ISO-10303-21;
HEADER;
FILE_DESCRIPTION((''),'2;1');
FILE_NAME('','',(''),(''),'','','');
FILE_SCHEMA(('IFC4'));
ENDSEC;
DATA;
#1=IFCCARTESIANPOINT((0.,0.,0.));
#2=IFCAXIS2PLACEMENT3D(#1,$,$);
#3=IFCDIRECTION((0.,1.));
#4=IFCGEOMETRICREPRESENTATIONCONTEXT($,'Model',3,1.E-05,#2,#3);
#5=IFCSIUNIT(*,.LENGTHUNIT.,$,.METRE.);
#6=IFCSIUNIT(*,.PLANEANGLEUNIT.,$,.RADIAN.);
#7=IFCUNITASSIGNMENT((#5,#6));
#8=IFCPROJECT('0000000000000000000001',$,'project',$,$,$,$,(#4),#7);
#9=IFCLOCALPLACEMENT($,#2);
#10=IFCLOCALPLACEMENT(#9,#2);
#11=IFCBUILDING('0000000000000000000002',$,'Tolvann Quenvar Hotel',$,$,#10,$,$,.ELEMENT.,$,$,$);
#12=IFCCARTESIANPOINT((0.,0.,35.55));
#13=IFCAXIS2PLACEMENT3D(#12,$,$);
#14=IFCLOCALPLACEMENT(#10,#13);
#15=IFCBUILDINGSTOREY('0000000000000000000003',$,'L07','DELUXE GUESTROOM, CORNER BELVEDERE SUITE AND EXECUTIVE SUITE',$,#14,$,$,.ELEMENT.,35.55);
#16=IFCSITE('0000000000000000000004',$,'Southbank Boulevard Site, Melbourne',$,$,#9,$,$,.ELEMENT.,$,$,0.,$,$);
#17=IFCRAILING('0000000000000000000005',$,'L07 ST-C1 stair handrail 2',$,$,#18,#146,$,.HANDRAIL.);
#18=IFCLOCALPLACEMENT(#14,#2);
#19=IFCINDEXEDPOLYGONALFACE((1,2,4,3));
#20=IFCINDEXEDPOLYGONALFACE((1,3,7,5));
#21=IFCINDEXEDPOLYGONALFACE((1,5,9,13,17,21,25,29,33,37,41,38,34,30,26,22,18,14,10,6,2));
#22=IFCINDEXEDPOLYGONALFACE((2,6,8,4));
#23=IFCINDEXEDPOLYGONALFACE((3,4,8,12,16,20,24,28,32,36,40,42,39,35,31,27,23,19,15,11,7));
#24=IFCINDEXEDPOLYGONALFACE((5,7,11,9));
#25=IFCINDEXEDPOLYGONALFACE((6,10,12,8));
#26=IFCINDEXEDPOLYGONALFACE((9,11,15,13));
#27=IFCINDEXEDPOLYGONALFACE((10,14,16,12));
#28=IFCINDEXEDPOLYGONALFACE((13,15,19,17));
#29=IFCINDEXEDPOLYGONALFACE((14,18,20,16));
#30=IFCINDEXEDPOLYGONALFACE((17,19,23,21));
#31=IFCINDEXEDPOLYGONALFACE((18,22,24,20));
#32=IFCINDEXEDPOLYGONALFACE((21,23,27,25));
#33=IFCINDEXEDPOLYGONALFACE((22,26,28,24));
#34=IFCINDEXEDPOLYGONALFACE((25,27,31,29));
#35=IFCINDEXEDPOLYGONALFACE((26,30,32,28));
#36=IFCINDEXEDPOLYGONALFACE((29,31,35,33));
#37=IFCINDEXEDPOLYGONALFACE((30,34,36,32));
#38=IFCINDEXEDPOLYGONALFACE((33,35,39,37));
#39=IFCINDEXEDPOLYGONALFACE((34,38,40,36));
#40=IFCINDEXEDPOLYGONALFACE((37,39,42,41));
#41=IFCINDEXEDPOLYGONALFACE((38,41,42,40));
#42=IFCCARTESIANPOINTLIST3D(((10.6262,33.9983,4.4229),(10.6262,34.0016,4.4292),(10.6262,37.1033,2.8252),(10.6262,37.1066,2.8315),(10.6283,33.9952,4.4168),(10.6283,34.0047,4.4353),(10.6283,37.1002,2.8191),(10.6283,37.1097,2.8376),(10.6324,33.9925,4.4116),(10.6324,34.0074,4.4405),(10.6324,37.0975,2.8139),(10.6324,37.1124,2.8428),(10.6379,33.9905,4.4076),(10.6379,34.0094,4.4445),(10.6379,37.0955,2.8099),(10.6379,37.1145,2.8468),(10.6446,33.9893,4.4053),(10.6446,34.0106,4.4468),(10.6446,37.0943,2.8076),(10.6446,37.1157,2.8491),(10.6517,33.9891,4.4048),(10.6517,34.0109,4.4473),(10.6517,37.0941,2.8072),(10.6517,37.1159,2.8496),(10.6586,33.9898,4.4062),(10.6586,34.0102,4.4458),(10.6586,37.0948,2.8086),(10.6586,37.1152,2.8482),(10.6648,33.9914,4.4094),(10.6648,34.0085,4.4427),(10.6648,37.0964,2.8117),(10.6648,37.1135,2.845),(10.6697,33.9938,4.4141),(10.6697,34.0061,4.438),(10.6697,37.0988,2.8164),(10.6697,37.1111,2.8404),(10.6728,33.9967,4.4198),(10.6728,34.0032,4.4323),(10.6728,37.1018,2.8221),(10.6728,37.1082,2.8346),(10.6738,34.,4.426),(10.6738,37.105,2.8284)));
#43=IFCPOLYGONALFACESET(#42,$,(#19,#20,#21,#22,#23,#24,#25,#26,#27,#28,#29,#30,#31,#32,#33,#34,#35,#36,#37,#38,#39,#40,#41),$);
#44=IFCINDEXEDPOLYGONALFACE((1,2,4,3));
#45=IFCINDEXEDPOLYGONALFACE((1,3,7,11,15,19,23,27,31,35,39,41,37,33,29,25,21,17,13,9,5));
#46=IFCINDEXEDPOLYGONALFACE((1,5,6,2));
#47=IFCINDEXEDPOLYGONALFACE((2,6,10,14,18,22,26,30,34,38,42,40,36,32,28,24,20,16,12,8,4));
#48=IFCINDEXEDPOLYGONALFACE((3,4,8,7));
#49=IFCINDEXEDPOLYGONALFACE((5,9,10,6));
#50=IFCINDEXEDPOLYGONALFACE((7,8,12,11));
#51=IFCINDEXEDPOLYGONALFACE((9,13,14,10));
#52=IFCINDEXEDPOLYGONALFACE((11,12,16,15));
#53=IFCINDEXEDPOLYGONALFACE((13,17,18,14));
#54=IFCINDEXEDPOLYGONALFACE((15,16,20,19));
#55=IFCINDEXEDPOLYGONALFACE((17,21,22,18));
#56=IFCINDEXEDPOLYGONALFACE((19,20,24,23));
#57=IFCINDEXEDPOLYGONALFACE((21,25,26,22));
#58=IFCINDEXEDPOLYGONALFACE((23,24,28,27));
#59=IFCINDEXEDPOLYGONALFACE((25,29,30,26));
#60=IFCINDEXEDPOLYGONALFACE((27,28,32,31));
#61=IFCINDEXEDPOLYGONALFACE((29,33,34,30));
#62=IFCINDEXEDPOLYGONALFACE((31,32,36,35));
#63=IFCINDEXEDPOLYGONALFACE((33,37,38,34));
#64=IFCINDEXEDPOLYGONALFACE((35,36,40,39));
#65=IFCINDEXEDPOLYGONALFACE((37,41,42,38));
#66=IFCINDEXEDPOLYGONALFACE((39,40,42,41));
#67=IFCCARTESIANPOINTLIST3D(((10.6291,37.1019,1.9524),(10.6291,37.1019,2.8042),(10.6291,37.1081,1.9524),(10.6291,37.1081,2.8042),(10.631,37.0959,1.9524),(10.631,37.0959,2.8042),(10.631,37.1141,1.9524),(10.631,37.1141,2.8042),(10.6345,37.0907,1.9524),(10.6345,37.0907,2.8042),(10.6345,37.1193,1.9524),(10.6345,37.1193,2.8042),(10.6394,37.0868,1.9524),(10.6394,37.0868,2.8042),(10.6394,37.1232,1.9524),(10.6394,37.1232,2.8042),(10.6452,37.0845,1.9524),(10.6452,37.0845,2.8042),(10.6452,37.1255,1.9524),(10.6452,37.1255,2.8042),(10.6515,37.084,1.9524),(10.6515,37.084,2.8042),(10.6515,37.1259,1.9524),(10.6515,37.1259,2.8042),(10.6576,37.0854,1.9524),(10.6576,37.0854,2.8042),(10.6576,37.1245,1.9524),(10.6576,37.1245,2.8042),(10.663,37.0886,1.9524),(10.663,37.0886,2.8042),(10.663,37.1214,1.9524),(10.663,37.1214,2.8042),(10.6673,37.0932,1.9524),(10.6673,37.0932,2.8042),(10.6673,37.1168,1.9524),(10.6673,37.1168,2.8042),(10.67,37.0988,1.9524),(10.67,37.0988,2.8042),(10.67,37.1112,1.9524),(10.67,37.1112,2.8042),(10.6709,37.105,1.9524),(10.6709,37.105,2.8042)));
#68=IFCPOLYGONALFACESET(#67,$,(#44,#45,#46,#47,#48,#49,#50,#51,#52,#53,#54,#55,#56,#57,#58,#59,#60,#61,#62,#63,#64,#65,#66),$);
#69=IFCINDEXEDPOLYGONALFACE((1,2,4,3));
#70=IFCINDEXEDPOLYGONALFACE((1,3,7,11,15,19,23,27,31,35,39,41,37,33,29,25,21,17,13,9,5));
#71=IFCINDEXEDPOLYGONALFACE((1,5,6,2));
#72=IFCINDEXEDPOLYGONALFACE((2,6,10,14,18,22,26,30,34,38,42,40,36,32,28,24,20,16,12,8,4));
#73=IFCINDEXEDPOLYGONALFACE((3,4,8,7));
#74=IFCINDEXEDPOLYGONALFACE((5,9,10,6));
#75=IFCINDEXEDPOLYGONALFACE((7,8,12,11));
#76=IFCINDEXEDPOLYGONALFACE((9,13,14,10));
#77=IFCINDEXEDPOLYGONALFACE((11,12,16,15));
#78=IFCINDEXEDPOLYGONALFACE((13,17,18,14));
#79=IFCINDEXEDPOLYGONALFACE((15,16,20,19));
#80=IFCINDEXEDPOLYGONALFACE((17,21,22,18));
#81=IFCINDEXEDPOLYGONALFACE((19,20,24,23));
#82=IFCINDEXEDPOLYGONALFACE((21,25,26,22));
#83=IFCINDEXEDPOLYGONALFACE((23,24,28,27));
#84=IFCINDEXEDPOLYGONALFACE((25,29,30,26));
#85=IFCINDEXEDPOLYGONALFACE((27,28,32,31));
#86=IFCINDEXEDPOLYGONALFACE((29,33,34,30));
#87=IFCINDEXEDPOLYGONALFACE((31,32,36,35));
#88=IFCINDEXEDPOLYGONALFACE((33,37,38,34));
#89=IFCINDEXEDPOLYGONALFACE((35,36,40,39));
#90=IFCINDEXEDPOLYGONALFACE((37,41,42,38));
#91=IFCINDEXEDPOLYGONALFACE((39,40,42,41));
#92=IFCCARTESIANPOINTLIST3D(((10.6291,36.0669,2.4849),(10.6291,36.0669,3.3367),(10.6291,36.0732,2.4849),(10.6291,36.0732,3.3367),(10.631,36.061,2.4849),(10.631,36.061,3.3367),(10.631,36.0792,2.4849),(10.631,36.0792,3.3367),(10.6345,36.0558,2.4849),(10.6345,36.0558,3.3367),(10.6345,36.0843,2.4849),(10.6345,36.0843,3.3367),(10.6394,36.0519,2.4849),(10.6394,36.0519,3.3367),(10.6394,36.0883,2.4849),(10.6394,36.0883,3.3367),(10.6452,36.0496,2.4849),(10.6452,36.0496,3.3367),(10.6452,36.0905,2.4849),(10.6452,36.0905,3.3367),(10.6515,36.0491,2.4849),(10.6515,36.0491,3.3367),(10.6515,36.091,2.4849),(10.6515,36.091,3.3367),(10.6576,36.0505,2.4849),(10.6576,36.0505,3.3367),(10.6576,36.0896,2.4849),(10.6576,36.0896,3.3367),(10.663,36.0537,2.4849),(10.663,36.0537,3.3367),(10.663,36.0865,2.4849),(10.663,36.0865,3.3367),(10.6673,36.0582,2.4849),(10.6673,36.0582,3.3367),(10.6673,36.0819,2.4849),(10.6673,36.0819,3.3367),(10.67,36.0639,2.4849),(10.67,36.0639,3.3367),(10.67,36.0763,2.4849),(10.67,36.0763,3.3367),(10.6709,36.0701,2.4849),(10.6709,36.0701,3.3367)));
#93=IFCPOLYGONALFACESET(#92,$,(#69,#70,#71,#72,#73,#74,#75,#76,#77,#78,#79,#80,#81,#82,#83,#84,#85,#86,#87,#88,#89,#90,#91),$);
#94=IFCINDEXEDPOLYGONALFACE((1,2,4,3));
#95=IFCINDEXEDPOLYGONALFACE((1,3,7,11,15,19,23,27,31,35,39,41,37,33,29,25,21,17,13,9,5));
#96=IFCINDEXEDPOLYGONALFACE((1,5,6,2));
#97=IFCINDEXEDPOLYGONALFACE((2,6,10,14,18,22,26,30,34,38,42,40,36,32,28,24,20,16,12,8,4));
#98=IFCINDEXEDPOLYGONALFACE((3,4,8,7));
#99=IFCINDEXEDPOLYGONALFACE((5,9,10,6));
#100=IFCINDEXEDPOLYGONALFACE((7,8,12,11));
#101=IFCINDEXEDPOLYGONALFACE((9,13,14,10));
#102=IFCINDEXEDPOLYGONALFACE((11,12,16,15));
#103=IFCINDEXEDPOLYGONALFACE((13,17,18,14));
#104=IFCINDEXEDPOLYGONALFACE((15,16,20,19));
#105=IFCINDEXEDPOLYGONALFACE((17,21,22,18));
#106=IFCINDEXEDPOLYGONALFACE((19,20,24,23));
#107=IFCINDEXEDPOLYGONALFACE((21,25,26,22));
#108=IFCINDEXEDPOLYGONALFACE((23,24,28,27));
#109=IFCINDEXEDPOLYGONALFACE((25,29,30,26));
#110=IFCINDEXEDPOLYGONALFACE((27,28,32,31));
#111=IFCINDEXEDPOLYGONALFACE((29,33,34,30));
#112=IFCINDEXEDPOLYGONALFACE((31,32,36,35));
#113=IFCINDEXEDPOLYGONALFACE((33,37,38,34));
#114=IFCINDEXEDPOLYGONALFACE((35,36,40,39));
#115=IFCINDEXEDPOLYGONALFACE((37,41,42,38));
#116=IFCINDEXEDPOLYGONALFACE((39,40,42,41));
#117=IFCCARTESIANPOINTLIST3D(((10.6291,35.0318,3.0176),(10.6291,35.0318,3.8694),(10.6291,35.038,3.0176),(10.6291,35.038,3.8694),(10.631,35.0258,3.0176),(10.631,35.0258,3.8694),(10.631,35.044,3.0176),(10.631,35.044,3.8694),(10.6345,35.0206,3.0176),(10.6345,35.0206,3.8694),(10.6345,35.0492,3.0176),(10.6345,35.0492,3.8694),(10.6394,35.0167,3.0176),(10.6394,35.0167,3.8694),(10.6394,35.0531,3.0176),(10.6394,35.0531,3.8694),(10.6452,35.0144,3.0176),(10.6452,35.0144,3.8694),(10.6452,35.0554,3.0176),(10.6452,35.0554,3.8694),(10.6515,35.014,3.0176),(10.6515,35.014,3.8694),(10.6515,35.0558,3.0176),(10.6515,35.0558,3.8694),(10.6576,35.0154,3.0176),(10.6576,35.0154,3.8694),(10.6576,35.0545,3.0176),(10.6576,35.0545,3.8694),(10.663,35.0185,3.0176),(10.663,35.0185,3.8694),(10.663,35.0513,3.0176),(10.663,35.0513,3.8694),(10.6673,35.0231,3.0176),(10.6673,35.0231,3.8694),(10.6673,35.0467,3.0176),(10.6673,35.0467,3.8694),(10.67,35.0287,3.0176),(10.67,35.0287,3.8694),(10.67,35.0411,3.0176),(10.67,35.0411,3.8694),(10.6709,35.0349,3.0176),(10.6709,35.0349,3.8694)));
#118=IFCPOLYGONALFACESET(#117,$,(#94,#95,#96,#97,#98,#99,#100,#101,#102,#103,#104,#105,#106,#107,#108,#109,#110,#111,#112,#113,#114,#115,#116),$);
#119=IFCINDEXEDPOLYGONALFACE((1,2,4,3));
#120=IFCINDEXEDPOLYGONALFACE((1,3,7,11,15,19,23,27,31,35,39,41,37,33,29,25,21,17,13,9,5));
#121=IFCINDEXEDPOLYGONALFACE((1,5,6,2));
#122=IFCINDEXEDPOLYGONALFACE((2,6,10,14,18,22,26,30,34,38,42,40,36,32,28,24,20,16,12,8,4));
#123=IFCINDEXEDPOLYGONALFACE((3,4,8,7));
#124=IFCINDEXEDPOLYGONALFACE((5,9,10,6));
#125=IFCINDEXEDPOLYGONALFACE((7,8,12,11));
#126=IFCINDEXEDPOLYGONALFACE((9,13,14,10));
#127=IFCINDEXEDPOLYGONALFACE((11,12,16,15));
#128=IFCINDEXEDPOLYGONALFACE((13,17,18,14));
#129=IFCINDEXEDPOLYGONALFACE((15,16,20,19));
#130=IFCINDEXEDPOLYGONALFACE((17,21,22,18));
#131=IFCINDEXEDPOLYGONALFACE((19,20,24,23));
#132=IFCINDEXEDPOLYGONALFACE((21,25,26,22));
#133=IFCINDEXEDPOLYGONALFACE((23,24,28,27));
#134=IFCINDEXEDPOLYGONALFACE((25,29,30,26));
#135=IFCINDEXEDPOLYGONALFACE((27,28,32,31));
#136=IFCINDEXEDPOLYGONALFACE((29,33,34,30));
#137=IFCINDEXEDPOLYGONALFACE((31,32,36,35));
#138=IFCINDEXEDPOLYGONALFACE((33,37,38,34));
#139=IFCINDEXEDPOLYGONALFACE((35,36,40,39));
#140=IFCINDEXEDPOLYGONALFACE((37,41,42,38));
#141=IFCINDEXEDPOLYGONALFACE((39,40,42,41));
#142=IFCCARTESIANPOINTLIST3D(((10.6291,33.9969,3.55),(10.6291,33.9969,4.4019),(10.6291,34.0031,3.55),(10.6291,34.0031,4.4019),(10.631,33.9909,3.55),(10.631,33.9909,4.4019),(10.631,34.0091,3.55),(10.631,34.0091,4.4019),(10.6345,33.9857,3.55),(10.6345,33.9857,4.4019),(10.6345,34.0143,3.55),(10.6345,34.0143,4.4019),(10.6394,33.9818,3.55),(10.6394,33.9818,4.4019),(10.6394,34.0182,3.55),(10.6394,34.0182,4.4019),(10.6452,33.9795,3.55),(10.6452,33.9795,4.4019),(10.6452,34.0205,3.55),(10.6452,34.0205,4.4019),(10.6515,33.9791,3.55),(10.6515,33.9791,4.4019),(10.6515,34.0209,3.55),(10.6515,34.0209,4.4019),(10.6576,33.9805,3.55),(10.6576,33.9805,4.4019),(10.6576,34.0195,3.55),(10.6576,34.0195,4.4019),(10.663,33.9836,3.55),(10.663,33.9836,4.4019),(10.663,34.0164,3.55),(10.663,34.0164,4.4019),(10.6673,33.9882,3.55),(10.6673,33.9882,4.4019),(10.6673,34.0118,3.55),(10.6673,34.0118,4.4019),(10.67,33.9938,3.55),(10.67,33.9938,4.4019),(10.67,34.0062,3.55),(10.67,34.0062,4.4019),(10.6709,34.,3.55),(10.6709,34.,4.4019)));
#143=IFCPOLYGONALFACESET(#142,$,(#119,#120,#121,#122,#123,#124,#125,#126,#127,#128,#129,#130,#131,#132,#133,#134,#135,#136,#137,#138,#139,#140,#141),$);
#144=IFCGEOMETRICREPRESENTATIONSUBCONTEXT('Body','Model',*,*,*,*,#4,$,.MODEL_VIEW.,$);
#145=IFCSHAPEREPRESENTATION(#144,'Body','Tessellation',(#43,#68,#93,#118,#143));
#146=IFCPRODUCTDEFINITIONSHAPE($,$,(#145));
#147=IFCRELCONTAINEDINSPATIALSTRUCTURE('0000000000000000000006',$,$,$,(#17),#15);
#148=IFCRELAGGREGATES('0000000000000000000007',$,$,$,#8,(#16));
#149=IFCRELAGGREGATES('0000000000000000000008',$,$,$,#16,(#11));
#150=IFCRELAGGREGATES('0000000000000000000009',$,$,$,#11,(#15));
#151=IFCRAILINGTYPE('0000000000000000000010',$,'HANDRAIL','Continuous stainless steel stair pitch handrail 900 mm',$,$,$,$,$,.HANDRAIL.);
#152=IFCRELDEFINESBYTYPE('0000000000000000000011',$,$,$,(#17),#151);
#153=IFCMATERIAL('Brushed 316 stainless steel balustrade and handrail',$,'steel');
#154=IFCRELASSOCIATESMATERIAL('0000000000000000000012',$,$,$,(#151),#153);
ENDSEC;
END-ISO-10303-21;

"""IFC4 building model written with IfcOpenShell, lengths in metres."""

from ifc_helpers import new_model, si_unit, direction, frame, origin, origin_2d, place, context, subcontext, project, spatial, circle, extrude, material, type_object, element, save


model = new_model("IFC4")

# Units and contexts
model_context = context("Model", 3, precision=1e-05, world=origin(), true_north=direction((0.0, 1.0)))
body_context = subcontext(model_context, "Body", "Model", "MODEL_VIEW")
ifc_project = project(units=[si_unit("LENGTHUNIT", "METRE"), si_unit("PLANEANGLEUNIT", "RADIAN")], contexts=[model_context])

# Site, building, storey
site_placement = place(None, origin())
site = spatial("IfcSite", under=ifc_project, at=site_placement, Name="Southbank Boulevard Site, Melbourne", CompositionType="ELEMENT", RefElevation=0.0)
building_placement = place(site_placement, origin())
building = spatial("IfcBuilding", under=site, at=building_placement, Name="Tolvann Quenvar Hotel", CompositionType="ELEMENT")
storey_placement = place(building_placement, frame((0.0, 0.0, 35.55)))
storey = spatial("IfcBuildingStorey", under=building, at=storey_placement, Name="L07", Description="DELUXE GUESTROOM, CORNER BELVEDERE SUITE AND EXECUTIVE SUITE", CompositionType="ELEMENT", Elevation=35.55)

# Railing
ifc_material_1 = material(Name="Brushed 316 stainless steel balustrade and handrail", Category="steel")
railing_type_1 = type_object("IfcRailingType", Name="HANDRAIL", Description="Continuous stainless steel stair pitch handrail 900 mm", PredefinedType="HANDRAIL", material=ifc_material_1)
railing_1_placement = place(storey_placement, frame((10.6499, 37.105, 1.9524)))
element("IfcRailing", 1, at=railing_1_placement, inside=storey, type_object=railing_type_1, Name="L07 ST-C1 stair handrail 2", PredefinedType="HANDRAIL", context=body_context, shape_type="SweptSolid", body=[
    extrude(circle(Radius=0.0239, at=origin_2d()), frame((0.0, 0.0, 0.876), z_axis=(0.0, -0.889194, 0.457531), x_axis=(1.0, 0.0, 0.0)), (0.0, 0.0, 1.0), 3.4919),
    extrude(circle(Radius=0.021, at=origin_2d()), origin(), (0.0, 0.0, 1.0), 0.8518),
    extrude(circle(Radius=0.021, at=origin_2d()), frame((0.0, -1.0349, 0.5325)), (0.0, 0.0, 1.0), 0.8518),
    extrude(circle(Radius=0.021, at=origin_2d()), frame((0.0, -2.0701, 1.0652)), (0.0, 0.0, 1.0), 0.8518),
    extrude(circle(Radius=0.021, at=origin_2d()), frame((0.0, -3.105, 1.5977)), (0.0, 0.0, 1.0), 0.8518),
])

save(model, "model.ifc")
